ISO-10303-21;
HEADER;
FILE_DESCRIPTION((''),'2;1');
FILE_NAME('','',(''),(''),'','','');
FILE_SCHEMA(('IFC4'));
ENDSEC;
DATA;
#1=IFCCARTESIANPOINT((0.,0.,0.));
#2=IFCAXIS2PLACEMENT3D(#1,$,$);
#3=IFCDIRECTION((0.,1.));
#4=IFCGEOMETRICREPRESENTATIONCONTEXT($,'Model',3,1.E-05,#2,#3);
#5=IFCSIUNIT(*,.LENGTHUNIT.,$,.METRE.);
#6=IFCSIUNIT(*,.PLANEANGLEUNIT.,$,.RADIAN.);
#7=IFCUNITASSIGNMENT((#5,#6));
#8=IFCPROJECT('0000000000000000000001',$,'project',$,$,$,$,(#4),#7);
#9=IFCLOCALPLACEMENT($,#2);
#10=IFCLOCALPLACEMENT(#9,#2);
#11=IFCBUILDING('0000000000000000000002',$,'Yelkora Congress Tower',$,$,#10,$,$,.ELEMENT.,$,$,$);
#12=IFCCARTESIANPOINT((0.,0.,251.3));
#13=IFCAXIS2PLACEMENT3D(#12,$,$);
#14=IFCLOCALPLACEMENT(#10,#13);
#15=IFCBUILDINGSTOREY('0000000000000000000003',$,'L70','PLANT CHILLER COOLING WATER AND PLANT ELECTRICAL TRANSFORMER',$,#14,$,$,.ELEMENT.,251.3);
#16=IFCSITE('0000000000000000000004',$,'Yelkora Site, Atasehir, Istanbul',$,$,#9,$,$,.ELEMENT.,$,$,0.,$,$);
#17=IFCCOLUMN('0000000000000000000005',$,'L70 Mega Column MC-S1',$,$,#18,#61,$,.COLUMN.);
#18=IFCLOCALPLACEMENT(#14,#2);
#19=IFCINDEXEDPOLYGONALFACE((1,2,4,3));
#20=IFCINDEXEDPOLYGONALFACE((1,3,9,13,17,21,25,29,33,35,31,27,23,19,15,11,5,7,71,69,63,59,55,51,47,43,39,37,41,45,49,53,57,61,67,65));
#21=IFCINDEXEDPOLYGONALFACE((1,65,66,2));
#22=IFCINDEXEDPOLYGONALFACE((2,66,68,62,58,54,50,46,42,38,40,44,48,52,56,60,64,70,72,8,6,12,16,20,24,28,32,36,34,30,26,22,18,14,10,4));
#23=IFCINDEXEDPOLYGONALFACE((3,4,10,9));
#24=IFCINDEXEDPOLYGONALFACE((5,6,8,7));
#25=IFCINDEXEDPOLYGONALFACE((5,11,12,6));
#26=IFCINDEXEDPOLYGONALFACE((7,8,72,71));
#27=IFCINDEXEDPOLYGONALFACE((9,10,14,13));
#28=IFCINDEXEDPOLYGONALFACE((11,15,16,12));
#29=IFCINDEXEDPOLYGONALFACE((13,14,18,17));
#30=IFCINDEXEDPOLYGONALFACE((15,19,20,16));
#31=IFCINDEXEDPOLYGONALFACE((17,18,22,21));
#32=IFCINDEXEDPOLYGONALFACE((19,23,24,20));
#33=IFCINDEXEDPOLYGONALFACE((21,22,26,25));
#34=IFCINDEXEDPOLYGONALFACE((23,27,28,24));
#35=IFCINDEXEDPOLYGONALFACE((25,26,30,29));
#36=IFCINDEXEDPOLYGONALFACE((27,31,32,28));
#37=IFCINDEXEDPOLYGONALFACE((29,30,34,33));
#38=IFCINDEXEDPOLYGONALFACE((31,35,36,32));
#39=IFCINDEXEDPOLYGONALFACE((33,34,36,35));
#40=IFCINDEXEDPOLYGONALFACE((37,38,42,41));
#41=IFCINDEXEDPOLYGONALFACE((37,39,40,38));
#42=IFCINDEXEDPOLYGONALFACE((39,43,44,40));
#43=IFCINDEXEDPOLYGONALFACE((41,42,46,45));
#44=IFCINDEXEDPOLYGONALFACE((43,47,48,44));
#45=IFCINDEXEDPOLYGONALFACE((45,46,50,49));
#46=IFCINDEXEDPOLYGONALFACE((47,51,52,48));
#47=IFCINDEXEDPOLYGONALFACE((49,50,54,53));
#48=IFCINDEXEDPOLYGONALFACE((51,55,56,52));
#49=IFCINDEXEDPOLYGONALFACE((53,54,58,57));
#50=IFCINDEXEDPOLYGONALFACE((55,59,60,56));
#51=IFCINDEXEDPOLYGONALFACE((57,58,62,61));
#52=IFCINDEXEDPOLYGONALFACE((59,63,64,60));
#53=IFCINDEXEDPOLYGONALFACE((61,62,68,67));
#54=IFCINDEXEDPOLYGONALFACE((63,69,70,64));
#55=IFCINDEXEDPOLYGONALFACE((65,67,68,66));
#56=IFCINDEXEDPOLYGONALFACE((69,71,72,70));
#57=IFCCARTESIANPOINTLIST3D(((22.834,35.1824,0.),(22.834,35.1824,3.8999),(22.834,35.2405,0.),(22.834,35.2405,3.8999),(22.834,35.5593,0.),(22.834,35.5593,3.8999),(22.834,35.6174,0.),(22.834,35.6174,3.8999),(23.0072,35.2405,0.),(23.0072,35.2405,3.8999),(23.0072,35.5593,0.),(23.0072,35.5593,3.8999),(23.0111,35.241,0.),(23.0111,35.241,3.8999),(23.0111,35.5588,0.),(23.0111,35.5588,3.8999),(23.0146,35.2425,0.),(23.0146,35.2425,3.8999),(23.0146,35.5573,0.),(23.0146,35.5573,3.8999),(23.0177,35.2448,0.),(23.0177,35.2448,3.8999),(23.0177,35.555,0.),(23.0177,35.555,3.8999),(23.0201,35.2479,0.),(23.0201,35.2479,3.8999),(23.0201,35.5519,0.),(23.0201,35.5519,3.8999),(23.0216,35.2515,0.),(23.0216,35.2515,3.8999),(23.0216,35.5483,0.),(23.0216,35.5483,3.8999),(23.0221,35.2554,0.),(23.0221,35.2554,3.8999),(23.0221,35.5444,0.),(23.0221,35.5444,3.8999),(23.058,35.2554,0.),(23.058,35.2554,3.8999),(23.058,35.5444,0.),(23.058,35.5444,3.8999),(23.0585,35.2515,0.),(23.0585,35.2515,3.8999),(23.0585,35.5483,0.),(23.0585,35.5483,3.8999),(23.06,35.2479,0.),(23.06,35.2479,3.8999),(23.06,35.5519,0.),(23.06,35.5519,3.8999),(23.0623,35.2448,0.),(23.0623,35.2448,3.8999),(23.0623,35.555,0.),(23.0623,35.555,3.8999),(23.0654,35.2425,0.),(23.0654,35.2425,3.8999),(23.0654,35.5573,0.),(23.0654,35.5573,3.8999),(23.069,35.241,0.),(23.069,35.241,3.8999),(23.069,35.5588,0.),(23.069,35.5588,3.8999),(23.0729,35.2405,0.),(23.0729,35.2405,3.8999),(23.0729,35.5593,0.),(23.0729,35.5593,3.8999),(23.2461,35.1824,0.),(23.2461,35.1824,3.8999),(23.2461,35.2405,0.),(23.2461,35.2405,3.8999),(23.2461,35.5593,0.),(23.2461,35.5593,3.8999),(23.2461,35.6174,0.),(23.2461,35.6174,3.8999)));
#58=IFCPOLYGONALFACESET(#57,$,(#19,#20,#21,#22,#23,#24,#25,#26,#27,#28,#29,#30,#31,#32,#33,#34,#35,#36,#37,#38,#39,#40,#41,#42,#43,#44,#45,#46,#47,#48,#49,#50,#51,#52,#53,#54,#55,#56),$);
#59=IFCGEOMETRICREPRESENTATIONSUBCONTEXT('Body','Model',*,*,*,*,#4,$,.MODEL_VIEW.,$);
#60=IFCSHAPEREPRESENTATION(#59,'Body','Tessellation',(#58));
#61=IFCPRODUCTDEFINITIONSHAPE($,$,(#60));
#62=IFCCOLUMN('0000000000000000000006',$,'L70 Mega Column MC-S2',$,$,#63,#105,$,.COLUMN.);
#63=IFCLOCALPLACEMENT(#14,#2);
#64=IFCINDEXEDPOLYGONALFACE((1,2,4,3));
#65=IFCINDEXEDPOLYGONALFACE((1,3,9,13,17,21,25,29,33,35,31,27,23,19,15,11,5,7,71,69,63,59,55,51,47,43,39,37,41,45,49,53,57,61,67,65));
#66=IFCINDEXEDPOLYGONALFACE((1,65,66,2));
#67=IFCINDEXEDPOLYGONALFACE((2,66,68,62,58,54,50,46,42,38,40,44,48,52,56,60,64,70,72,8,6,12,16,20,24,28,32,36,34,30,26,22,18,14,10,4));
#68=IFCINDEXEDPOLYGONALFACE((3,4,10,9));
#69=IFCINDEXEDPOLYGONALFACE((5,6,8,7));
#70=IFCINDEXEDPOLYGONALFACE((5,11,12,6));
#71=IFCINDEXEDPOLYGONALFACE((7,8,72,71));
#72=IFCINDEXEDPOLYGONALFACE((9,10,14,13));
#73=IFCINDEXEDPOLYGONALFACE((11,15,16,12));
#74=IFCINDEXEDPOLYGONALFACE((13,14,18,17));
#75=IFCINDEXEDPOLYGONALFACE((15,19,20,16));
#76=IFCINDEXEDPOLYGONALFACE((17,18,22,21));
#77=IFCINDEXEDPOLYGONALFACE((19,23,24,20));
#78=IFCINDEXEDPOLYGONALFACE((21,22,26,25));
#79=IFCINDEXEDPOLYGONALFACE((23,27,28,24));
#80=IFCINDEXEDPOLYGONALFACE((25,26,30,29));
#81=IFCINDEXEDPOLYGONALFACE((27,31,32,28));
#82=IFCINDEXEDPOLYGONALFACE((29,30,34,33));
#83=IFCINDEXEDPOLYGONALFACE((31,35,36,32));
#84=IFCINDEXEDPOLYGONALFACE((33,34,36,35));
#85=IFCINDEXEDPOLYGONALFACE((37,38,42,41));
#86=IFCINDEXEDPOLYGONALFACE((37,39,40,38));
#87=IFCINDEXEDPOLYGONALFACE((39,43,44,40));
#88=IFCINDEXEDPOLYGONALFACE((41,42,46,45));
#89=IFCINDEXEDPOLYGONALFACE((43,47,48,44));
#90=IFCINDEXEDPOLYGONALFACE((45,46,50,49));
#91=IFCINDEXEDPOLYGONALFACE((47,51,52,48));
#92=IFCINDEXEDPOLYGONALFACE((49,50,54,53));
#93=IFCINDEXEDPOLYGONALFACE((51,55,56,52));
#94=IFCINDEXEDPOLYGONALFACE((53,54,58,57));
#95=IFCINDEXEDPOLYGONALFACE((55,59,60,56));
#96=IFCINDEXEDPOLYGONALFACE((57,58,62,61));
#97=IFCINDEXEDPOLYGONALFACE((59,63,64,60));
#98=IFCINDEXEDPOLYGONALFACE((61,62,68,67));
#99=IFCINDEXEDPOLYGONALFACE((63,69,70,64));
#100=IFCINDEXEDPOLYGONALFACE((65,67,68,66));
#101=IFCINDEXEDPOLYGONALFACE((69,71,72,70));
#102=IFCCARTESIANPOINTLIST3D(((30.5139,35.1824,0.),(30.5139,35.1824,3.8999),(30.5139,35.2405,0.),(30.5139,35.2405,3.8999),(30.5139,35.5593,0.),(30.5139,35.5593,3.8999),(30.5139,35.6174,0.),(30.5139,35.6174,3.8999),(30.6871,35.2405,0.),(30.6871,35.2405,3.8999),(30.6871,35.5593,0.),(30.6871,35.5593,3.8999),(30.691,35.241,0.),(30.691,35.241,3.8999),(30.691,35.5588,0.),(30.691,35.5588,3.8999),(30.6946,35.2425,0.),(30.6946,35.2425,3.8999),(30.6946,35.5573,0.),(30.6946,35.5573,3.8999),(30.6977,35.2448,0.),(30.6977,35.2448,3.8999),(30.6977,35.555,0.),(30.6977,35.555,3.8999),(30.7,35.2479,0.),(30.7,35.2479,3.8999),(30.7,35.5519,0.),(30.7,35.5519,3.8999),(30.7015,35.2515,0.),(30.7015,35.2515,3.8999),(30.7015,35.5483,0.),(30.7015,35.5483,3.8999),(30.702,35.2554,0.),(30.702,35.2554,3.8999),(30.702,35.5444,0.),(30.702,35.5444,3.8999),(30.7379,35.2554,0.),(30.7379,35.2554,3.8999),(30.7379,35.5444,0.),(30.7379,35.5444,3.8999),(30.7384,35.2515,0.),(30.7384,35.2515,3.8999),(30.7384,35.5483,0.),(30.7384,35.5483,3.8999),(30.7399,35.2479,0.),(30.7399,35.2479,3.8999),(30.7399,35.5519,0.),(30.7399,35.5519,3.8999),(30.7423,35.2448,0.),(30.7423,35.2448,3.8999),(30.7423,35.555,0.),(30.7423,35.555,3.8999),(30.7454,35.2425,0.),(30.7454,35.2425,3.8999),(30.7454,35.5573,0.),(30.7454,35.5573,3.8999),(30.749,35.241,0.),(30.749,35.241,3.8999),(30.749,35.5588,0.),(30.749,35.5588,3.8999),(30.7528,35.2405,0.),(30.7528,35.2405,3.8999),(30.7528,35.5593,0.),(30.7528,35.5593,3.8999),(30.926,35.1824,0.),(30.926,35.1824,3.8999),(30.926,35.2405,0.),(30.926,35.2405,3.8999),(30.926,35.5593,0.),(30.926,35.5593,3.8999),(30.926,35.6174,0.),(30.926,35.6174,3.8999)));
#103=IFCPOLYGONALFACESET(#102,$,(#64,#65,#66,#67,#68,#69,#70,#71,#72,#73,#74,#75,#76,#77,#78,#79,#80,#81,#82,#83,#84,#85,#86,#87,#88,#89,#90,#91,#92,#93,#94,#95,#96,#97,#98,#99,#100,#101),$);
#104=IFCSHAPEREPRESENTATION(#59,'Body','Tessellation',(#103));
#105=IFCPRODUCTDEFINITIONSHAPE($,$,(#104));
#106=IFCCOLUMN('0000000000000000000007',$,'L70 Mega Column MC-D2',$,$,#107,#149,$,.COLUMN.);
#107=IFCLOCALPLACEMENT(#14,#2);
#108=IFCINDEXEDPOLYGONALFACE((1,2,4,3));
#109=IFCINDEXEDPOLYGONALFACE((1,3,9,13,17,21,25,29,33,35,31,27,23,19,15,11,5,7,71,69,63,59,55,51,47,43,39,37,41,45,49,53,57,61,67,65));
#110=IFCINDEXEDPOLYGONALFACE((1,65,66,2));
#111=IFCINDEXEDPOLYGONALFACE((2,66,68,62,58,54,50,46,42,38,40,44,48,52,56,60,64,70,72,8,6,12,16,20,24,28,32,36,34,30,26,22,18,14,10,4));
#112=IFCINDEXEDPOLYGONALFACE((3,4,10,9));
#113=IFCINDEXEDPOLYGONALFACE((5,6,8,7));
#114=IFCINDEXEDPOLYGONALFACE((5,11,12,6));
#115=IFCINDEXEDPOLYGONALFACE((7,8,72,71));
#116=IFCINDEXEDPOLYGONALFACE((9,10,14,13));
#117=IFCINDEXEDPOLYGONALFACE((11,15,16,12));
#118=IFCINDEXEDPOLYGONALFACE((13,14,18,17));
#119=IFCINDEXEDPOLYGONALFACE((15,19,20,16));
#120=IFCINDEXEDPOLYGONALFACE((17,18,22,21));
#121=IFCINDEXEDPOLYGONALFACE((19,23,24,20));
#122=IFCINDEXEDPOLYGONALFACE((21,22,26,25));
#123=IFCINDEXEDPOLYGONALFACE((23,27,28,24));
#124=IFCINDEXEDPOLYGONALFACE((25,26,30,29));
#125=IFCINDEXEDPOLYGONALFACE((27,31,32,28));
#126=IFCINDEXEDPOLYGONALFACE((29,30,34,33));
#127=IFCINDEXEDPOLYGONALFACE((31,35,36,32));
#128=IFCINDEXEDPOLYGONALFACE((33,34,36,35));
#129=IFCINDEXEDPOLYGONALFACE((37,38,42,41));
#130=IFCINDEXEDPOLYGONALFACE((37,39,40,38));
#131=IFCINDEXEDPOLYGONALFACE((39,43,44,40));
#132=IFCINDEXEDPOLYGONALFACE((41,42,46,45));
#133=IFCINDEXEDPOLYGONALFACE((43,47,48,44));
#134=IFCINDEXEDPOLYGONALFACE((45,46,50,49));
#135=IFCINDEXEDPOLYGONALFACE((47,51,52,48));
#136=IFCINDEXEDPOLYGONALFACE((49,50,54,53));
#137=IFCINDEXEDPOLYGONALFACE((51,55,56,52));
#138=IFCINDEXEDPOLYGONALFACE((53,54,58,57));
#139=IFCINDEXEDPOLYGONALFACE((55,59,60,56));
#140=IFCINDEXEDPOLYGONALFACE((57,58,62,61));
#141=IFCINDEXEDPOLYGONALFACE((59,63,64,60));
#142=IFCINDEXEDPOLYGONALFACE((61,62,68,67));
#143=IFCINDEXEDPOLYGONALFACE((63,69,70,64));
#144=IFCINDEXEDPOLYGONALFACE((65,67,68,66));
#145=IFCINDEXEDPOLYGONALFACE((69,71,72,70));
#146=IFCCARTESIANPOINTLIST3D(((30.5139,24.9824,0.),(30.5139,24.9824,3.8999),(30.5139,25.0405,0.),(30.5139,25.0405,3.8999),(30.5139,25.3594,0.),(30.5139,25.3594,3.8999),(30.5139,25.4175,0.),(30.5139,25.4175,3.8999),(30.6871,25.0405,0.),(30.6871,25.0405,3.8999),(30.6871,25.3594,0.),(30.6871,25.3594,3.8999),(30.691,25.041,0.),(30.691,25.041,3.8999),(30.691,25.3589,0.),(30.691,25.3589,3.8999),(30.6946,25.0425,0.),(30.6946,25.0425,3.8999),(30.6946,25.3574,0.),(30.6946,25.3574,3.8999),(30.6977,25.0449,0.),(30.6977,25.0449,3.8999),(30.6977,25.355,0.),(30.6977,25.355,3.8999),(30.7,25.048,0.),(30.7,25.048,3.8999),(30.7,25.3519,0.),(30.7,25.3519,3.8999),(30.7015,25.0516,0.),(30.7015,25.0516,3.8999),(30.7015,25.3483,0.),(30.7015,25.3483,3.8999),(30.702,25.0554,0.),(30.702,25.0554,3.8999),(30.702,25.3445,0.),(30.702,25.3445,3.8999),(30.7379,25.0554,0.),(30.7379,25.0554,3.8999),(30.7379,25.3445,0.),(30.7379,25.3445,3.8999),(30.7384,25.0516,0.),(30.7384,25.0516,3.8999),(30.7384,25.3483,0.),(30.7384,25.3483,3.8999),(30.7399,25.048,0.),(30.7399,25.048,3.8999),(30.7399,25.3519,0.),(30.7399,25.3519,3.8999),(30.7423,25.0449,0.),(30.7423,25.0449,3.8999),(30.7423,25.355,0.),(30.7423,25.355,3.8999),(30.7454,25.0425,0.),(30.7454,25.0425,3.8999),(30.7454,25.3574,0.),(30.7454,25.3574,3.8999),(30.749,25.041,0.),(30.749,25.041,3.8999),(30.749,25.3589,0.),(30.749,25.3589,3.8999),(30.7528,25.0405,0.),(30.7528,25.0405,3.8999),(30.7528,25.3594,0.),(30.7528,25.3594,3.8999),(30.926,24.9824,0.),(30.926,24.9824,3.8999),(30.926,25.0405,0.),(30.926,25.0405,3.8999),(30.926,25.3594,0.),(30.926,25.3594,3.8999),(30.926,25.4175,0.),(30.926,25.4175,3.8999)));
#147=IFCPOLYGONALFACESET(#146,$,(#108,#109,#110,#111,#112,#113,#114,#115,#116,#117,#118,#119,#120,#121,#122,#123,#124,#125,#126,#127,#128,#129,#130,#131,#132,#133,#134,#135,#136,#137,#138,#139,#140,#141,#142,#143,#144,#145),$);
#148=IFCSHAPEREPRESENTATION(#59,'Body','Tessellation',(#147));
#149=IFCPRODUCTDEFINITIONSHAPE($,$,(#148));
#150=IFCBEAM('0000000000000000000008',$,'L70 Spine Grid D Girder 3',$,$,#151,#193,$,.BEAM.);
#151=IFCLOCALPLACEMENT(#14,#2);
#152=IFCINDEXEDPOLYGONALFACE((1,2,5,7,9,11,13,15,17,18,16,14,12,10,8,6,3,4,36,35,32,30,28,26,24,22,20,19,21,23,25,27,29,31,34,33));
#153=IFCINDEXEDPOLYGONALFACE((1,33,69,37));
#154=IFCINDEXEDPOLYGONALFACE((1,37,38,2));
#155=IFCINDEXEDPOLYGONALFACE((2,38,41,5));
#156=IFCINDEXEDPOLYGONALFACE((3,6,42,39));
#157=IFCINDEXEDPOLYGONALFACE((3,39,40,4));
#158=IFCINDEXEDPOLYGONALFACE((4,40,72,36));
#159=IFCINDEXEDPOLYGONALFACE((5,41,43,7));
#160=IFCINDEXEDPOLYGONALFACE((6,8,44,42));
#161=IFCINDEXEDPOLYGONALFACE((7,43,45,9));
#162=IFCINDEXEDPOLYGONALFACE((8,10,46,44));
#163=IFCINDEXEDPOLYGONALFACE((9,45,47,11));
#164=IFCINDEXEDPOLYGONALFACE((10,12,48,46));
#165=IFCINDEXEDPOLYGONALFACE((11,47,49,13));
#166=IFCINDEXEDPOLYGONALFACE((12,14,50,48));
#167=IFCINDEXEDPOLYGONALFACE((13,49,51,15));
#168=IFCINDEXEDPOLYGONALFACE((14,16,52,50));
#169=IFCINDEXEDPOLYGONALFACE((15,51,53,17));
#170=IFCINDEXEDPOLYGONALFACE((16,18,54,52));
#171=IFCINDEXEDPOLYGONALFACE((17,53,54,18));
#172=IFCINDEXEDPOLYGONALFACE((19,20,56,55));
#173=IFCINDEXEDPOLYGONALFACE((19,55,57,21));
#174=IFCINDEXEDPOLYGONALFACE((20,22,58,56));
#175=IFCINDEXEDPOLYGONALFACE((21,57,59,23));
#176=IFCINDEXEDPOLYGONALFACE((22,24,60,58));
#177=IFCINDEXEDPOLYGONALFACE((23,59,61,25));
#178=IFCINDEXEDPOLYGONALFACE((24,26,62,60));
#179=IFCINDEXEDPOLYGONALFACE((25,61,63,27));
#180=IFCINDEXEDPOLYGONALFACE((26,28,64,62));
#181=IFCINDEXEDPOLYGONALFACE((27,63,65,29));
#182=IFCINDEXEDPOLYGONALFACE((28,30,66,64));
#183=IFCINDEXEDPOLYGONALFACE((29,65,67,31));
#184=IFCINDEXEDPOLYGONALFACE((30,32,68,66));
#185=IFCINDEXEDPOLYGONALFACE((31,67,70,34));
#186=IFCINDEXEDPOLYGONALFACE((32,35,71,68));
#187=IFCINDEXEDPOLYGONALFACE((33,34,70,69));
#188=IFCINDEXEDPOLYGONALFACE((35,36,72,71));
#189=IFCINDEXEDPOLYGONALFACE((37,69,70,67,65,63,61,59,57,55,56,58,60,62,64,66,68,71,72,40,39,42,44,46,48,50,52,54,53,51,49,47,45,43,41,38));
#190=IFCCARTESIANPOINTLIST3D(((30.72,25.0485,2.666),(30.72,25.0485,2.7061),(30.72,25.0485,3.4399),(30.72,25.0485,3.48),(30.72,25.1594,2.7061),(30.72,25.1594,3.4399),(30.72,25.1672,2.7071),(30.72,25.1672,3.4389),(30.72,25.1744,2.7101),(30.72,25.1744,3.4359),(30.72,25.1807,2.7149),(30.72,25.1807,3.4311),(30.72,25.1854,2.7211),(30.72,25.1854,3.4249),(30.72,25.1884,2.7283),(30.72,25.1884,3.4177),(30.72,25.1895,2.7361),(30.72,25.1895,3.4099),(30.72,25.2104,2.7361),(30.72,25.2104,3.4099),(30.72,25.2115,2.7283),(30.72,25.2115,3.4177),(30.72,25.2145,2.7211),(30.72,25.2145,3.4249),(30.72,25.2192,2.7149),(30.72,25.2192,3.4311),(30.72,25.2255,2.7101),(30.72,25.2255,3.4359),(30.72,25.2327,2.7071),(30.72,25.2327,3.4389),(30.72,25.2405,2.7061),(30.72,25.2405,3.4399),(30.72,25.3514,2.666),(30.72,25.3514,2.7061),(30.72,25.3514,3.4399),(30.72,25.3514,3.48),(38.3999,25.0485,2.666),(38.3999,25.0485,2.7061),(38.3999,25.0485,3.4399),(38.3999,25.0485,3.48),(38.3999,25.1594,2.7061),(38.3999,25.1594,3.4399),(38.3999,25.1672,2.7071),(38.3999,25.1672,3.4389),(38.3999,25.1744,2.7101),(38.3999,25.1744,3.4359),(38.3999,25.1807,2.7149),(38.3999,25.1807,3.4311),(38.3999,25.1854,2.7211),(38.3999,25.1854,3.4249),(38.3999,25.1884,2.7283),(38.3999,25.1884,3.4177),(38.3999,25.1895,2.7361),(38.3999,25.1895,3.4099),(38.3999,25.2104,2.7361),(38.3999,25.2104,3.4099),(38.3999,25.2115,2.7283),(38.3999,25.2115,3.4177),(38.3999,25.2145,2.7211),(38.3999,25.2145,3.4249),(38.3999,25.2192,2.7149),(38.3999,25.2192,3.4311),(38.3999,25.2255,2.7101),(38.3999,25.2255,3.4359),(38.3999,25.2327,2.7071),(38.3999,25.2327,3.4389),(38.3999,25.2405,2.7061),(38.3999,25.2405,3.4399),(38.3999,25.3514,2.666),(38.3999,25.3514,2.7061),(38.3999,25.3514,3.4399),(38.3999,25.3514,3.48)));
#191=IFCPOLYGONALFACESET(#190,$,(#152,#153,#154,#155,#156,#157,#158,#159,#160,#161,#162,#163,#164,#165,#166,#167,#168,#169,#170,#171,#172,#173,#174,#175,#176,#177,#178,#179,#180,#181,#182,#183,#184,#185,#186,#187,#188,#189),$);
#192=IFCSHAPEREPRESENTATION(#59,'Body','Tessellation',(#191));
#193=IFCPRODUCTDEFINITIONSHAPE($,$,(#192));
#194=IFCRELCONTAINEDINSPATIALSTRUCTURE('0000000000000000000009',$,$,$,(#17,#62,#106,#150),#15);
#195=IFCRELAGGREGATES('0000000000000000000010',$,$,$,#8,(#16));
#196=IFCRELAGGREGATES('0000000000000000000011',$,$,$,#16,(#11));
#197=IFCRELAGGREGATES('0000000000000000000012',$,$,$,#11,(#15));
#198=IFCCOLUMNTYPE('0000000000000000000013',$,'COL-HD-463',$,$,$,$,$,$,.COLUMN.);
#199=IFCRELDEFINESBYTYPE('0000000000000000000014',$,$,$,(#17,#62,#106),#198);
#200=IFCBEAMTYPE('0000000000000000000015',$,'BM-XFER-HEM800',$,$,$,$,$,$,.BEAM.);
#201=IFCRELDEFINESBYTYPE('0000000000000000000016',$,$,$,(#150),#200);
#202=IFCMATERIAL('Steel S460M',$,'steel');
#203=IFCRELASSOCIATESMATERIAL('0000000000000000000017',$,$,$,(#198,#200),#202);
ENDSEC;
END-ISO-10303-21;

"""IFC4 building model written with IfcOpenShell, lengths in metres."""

from ifc_helpers import new_model, si_unit, direction, frame, origin, origin_2d, place, context, subcontext, project, spatial, i_section, extrude, material, material_profile, profile_set, type_object, element, save


model = new_model("IFC4")

# Units and contexts
model_context = context("Model", 3, precision=1e-05, world=origin(), true_north=direction((0.0, 1.0)))
body_context = subcontext(model_context, "Body", "Model", "MODEL_VIEW")
ifc_project = project(units=[si_unit("LENGTHUNIT", "METRE"), si_unit("PLANEANGLEUNIT", "RADIAN")], contexts=[model_context])

# Site, building, storey
site_placement = place(None, origin())
site = spatial("IfcSite", under=ifc_project, at=site_placement, Name="Yelkora Site, Atasehir, Istanbul", CompositionType="ELEMENT", RefElevation=0.0)
building_placement = place(site_placement, origin())
building = spatial("IfcBuilding", under=site, at=building_placement, Name="Yelkora Congress Tower", CompositionType="ELEMENT")
storey_placement = place(building_placement, frame((0.0, 0.0, 251.3)))
storey = spatial("IfcBuildingStorey", under=building, at=storey_placement, Name="L70", Description="PLANT CHILLER COOLING WATER AND PLANT ELECTRICAL TRANSFORMER", CompositionType="ELEMENT", Elevation=251.3)

# Columns
ifc_material_1 = material(Name="Steel S460M", Category="steel")
ifc_material_profile_1 = material_profile(ifc_material_1, i_section(OverallWidth=0.4121, OverallDepth=0.4351, WebThickness=0.0359, FlangeThickness=0.0581, FilletRadius=0.0149, at=origin_2d()), Name="HD 400x463")
ifc_profile_set_1 = profile_set([ifc_material_profile_1], Name="Steel S460M")
column_type = type_object("IfcColumnType", Name="COL-HD-463", PredefinedType="COLUMN", material=ifc_profile_set_1)
for number, where, z_axis, x_axis, name in (
    (1, (23.04, 35.3999, 0.0), (0.0, 0.0, 1.0), (1.0, 0.0, 0.0), "L70 Mega Column MC-S1"),
    (2, (30.72, 35.3999, 0.0), (0.0, 0.0, 1.0), (1.0, 0.0, 0.0), "L70 Mega Column MC-S2"),
    (3, (30.72, 25.2, 0.0), (0.0, 0.0, 1.0), (1.0, 0.0, 0.0), "L70 Mega Column MC-D2"),
):
    element("IfcColumn", number, at=place(storey_placement, frame(where, z_axis=z_axis, x_axis=x_axis)), inside=storey, type_object=column_type, Name=name, PredefinedType="COLUMN", context=body_context, shape_type="SweptSolid", body=[
        extrude(i_section(OverallWidth=0.4121, OverallDepth=0.4351, WebThickness=0.0359, FlangeThickness=0.0581, FilletRadius=0.0149, at=origin_2d()), origin(), (0.0, 0.0, 1.0), 3.8999),
    ])

# Beam
ifc_material_profile_2 = material_profile(ifc_material_1, i_section(OverallWidth=0.303, OverallDepth=0.814, WebThickness=0.021, FlangeThickness=0.04, FilletRadius=0.03, at=origin_2d()), Name="HEM 800")
ifc_profile_set_2 = profile_set([ifc_material_profile_2], Name="Steel S460M")
beam_type = type_object("IfcBeamType", Name="BM-XFER-HEM800", PredefinedType="BEAM", material=ifc_profile_set_2)
for number, where, z_axis, x_axis, name in (
    (4, (30.72, 25.2, 3.073), (1.0, 0.0, 0.0), (0.0, 1.0, 0.0), "L70 Spine Grid D Girder 3"),
):
    element("IfcBeam", number, at=place(storey_placement, frame(where, z_axis=z_axis, x_axis=x_axis)), inside=storey, type_object=beam_type, Name=name, PredefinedType="BEAM", context=body_context, shape_type="SweptSolid", body=[
        extrude(i_section(OverallWidth=0.303, OverallDepth=0.814, WebThickness=0.021, FlangeThickness=0.04, FilletRadius=0.03, at=origin_2d()), origin(), (0.0, 0.0, 1.0), 7.6799),
    ])

save(model, "model.ifc")
